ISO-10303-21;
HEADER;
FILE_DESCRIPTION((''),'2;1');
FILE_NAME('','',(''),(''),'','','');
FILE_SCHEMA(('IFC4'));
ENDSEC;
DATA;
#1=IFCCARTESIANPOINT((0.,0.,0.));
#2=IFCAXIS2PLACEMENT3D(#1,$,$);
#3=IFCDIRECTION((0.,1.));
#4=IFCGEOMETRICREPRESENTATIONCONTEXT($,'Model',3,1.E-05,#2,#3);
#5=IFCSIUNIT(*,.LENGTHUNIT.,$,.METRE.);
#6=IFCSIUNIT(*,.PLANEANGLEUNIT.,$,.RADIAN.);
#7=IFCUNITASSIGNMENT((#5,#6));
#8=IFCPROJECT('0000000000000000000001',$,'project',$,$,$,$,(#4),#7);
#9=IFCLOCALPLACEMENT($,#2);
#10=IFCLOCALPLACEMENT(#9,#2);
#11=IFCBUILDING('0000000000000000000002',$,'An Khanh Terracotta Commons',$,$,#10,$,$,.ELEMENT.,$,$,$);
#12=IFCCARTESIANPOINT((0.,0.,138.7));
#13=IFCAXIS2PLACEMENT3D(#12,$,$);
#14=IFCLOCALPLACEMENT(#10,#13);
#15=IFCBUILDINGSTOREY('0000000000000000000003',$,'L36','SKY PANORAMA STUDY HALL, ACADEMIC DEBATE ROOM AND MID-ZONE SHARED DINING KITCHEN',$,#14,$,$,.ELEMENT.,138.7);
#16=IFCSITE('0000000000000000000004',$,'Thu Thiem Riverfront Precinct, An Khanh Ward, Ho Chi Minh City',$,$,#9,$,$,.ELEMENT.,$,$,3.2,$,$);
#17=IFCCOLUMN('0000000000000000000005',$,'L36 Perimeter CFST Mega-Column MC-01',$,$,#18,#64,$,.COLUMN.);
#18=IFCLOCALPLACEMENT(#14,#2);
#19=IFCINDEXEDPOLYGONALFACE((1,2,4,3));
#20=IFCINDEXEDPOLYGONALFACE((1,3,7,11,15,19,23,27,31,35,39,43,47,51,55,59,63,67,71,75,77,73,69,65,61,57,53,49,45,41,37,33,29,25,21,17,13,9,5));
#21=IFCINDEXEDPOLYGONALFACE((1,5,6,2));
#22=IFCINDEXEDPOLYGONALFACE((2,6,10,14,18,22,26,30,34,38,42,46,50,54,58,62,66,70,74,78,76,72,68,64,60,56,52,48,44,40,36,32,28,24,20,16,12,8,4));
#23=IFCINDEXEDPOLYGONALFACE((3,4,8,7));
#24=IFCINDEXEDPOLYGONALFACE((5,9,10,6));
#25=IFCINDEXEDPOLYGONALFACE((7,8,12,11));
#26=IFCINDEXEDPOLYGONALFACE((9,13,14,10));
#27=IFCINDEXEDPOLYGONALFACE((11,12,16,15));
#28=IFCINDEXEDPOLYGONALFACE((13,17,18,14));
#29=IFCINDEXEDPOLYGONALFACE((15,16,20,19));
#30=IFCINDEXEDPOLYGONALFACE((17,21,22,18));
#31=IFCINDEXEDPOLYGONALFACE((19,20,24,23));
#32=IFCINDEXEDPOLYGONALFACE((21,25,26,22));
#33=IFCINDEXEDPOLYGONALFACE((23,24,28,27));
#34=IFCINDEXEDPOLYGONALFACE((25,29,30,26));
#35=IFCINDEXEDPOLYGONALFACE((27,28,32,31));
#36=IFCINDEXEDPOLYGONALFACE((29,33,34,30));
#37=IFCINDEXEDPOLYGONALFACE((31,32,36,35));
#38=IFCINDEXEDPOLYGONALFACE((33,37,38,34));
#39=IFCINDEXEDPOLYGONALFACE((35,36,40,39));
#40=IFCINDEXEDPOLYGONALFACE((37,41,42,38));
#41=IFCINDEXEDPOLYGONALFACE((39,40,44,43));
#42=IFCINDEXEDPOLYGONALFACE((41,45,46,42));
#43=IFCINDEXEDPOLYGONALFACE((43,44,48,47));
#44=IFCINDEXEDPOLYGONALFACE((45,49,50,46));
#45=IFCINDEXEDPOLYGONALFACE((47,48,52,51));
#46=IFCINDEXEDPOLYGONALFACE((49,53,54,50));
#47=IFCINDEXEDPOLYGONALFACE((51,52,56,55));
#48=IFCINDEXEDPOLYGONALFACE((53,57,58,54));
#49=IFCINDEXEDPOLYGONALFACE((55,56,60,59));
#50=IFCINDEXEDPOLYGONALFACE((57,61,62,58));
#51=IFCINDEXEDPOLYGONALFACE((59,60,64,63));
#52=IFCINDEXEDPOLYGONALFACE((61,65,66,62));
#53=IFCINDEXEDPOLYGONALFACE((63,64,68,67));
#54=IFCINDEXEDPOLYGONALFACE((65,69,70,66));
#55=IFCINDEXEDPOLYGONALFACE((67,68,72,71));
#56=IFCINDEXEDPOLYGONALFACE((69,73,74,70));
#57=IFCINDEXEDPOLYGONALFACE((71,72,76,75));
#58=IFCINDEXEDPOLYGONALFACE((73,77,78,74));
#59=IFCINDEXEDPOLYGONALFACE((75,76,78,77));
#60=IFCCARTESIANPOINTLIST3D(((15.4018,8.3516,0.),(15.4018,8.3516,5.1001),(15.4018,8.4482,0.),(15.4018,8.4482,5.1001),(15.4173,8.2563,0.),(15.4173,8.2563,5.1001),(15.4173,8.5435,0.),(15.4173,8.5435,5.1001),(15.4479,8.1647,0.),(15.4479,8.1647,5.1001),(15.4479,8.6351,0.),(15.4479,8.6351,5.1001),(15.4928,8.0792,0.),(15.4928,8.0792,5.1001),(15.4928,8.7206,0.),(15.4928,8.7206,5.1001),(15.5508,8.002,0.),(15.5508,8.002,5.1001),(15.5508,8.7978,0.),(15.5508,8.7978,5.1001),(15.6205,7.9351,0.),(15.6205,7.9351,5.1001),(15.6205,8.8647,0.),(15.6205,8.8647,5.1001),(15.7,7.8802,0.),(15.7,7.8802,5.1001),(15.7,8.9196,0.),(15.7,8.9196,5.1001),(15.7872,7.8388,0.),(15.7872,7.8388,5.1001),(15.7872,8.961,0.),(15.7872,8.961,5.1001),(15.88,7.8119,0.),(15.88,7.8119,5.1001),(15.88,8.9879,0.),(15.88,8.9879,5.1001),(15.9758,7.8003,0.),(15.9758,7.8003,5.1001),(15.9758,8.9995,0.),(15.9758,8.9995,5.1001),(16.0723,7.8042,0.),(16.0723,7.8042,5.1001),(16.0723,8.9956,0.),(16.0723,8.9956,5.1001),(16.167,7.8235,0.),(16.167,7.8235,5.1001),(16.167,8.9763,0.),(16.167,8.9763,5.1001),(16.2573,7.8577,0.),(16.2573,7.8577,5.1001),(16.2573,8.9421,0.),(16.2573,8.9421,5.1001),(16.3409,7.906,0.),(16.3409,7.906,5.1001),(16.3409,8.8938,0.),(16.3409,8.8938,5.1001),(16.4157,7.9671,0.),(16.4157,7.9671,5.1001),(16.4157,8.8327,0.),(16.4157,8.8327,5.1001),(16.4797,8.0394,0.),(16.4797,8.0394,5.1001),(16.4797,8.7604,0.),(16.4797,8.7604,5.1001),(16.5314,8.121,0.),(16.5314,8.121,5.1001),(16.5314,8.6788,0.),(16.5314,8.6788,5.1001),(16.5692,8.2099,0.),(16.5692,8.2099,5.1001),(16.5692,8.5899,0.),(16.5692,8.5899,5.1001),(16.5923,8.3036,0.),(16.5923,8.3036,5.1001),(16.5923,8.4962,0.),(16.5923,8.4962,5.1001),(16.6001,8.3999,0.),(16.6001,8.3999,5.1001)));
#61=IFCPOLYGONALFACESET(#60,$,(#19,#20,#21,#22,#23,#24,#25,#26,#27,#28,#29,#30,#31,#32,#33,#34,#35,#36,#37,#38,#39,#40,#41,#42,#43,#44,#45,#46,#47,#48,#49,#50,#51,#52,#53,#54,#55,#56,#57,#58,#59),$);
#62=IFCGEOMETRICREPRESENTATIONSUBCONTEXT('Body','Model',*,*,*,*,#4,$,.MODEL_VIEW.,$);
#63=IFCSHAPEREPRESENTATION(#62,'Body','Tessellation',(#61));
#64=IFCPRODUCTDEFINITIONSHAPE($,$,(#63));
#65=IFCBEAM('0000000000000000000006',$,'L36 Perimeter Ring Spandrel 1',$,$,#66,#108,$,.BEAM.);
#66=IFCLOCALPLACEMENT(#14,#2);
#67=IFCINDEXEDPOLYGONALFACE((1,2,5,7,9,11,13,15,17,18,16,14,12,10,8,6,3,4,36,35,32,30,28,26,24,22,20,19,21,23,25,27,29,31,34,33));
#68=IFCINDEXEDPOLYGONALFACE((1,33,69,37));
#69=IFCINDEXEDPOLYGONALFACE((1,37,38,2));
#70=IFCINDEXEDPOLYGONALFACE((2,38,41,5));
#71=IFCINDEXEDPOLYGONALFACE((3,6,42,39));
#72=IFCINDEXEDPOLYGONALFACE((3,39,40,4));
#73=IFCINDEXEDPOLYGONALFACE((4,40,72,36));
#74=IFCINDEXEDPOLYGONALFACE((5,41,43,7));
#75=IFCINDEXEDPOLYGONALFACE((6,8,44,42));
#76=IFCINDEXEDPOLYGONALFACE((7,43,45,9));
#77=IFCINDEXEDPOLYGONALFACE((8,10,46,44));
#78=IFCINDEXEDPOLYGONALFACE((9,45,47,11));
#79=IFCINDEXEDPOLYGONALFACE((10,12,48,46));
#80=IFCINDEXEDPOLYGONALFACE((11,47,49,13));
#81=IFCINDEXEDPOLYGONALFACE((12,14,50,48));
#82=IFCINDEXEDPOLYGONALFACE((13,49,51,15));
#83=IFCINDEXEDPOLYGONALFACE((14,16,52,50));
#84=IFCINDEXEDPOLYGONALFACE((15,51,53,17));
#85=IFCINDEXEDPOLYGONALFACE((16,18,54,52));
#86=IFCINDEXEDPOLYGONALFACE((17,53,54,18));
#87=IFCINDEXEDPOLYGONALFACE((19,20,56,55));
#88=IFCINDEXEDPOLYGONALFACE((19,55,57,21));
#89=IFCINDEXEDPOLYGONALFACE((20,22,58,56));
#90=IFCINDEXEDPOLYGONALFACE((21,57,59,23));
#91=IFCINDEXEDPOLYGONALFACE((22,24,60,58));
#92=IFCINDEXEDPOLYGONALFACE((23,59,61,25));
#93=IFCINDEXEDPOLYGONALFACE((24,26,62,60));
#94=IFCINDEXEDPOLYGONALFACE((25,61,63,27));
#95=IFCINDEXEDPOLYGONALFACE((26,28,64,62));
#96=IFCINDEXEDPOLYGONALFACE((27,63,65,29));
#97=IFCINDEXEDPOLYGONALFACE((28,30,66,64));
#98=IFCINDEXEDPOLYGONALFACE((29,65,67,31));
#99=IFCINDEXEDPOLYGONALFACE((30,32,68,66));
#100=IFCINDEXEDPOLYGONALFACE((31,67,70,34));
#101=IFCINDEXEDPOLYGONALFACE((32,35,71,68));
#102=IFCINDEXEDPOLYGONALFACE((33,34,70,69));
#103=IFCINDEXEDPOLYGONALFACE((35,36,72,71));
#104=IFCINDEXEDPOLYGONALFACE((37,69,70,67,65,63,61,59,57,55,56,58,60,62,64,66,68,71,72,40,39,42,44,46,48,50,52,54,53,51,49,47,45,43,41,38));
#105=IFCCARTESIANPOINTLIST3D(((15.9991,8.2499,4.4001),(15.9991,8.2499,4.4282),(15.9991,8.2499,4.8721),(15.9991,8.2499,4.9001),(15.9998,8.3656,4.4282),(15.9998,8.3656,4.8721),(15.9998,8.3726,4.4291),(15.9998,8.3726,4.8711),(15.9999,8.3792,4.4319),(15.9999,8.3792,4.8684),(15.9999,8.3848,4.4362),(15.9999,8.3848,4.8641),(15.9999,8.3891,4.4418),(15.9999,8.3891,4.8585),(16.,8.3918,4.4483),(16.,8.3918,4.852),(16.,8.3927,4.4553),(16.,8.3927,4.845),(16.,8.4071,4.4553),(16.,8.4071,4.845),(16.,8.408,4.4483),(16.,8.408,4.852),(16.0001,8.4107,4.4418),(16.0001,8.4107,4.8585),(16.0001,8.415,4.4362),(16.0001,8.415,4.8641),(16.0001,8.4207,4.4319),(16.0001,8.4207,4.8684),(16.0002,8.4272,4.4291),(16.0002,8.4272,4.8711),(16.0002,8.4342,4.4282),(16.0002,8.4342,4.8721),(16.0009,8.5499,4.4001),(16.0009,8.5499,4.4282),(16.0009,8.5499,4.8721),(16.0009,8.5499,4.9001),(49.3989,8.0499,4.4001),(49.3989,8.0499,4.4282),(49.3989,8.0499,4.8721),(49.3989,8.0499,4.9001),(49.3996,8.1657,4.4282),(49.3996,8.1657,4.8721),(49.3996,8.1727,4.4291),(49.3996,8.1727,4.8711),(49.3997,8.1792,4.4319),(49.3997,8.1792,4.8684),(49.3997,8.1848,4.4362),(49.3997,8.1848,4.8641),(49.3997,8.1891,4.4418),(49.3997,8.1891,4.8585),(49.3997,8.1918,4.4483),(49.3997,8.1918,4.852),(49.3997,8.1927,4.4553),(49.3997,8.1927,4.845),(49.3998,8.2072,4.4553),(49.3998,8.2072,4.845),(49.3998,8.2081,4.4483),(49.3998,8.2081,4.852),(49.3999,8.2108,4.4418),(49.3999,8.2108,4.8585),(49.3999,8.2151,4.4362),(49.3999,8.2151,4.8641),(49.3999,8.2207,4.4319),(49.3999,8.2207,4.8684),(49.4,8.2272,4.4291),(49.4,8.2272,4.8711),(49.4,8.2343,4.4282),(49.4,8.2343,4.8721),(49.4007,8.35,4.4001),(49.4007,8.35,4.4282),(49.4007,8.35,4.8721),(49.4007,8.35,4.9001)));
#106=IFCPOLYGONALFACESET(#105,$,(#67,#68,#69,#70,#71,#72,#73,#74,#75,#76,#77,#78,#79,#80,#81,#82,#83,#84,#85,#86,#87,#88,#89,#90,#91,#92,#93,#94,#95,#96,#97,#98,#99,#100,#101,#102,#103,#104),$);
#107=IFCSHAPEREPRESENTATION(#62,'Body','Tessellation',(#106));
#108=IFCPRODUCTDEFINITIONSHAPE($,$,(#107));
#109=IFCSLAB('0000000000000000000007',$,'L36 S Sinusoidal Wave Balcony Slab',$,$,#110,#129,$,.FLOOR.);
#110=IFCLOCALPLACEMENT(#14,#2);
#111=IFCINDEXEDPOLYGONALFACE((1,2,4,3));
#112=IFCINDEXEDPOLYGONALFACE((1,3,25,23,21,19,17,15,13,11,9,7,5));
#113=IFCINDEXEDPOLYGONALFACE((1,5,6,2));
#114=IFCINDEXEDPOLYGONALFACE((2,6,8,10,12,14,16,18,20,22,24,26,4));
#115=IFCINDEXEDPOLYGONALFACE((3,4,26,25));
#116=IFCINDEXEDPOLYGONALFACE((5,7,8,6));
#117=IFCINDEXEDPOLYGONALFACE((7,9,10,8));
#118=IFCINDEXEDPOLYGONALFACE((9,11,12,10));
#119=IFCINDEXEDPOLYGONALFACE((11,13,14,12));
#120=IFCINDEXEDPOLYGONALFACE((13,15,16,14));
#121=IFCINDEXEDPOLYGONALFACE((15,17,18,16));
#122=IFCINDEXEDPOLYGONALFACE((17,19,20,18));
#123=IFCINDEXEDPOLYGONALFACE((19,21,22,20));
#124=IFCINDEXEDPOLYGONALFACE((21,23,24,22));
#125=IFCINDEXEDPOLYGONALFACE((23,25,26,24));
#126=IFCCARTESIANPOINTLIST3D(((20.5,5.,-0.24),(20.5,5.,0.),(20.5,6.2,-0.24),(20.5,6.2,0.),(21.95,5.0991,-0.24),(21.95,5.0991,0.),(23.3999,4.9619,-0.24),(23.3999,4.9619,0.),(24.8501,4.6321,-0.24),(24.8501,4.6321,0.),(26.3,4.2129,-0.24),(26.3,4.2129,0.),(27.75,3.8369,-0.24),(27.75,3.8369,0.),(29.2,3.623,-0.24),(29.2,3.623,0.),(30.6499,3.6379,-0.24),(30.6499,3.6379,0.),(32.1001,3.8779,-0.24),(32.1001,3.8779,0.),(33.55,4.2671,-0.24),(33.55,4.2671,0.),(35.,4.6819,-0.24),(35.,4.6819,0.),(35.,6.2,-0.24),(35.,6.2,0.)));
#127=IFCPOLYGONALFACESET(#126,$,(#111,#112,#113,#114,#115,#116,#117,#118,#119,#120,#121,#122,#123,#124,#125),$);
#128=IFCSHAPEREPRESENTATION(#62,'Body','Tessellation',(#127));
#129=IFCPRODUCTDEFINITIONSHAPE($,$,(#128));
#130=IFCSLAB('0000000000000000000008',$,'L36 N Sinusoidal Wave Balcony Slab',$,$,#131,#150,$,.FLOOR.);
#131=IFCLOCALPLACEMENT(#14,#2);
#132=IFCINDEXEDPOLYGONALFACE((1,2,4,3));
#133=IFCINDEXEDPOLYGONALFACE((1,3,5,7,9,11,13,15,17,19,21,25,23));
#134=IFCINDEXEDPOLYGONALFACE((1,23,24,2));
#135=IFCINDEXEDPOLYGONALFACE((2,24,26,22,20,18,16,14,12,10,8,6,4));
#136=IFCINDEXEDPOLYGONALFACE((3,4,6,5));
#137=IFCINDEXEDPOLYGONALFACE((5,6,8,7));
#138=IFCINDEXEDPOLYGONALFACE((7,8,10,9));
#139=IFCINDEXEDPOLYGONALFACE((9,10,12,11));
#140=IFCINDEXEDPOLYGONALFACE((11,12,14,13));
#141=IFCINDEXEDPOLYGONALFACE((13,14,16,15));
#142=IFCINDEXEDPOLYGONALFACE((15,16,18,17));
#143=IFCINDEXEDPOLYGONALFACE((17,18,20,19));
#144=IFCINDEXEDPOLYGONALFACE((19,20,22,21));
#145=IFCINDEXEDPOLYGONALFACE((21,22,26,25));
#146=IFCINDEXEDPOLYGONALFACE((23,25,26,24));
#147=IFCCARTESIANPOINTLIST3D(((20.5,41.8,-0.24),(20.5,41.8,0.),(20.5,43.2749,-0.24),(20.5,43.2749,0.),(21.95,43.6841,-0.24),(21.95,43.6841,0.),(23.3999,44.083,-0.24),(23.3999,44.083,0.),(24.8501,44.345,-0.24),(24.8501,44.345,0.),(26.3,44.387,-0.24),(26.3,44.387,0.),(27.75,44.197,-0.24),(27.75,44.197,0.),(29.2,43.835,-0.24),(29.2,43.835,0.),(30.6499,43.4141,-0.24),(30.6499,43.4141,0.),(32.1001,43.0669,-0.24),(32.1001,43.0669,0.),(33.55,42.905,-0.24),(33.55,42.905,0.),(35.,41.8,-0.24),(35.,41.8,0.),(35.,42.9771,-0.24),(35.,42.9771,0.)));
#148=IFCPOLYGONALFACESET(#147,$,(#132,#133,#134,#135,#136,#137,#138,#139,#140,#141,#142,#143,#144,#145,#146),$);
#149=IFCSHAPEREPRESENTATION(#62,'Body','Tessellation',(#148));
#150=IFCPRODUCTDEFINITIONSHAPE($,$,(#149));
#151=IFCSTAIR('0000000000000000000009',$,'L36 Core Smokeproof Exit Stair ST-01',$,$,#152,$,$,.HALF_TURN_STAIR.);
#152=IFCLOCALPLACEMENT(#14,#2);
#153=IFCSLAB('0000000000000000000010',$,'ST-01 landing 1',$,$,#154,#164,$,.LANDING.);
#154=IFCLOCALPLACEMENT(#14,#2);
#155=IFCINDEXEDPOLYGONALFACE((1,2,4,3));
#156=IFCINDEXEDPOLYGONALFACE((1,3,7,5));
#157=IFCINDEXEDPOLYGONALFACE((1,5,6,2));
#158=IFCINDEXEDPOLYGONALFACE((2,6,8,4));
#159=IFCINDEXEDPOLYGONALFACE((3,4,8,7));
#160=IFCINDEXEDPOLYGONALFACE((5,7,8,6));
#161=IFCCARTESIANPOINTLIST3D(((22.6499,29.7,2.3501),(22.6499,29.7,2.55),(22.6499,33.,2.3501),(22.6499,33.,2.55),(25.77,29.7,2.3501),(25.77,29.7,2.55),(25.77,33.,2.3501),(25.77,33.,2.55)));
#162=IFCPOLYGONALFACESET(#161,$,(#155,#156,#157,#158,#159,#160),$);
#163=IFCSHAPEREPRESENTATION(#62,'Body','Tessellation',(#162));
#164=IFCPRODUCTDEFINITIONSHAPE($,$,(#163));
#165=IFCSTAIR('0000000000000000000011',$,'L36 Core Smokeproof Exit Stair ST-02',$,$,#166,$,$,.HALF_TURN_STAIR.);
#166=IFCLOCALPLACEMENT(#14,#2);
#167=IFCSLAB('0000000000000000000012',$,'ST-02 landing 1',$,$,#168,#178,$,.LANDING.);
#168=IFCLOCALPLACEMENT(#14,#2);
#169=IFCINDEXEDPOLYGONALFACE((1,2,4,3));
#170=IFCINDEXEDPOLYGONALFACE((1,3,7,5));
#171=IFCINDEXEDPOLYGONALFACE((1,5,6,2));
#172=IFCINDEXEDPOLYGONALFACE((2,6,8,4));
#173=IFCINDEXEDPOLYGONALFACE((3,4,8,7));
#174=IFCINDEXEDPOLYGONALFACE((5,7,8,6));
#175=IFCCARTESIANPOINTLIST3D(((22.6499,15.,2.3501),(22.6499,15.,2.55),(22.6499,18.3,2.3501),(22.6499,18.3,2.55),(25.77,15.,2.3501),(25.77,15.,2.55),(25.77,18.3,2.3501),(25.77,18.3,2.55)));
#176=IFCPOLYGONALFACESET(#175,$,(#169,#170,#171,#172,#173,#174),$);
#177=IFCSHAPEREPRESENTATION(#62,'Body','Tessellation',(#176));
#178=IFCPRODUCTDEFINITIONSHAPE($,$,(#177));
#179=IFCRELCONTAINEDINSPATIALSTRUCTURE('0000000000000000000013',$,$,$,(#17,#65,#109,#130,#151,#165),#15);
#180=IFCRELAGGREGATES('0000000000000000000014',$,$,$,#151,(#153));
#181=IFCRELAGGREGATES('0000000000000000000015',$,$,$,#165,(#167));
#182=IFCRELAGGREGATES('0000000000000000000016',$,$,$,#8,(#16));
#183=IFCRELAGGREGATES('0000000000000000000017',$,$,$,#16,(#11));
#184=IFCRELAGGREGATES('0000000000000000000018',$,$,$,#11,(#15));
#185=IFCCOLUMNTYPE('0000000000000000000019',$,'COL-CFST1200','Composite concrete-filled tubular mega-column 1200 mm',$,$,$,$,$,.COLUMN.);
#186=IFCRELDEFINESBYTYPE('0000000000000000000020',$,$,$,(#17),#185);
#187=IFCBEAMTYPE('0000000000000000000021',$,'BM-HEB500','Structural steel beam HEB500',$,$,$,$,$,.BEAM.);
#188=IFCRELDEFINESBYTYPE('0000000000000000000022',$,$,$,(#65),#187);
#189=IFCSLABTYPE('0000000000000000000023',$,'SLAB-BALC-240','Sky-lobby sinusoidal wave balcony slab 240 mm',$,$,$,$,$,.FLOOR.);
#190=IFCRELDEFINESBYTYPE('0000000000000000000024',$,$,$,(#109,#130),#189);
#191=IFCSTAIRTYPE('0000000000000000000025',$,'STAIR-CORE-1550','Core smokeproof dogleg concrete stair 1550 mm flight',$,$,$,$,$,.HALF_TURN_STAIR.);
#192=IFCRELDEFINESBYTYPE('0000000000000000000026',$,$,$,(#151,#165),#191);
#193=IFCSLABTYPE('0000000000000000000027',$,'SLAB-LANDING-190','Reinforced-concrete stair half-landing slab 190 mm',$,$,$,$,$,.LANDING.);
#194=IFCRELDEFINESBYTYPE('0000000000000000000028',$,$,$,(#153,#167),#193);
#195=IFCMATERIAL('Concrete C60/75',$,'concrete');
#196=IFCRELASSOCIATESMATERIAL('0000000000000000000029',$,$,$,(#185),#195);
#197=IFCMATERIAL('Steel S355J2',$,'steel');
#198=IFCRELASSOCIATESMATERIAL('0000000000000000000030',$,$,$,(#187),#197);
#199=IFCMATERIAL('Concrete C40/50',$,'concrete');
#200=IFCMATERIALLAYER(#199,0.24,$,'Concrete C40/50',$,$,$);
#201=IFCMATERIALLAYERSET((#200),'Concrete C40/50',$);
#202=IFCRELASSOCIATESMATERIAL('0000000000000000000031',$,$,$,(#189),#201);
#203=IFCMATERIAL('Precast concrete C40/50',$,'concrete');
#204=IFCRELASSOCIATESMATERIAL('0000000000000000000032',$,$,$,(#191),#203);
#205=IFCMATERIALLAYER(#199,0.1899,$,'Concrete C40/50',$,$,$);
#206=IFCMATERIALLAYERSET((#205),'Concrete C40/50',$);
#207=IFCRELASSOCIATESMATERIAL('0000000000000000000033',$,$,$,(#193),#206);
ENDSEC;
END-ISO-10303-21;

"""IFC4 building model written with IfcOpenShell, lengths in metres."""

from ifc_helpers import new_model, si_unit, direction, frame, origin, origin_2d, place, context, subcontext, project, spatial, polyline, circle, i_section, outline, extrude, material, layer, layer_set, material_profile, profile_set, type_object, element, aggregate, save


model = new_model("IFC4")

# Units and contexts
model_context = context("Model", 3, precision=1e-05, world=origin(), true_north=direction((0.0, 1.0)))
body_context = subcontext(model_context, "Body", "Model", "MODEL_VIEW")
ifc_project = project(units=[si_unit("LENGTHUNIT", "METRE"), si_unit("PLANEANGLEUNIT", "RADIAN")], contexts=[model_context])

# Site, building, storey
site_placement = place(None, origin())
site = spatial("IfcSite", under=ifc_project, at=site_placement, Name="Thu Thiem Riverfront Precinct, An Khanh Ward, Ho Chi Minh City", CompositionType="ELEMENT", RefElevation=3.2)
building_placement = place(site_placement, origin())
building = spatial("IfcBuilding", under=site, at=building_placement, Name="An Khanh Terracotta Commons", CompositionType="ELEMENT")
storey_placement = place(building_placement, frame((0.0, 0.0, 138.7)))
storey = spatial("IfcBuildingStorey", under=building, at=storey_placement, Name="L36", Description="SKY PANORAMA STUDY HALL, ACADEMIC DEBATE ROOM AND MID-ZONE SHARED DINING KITCHEN", CompositionType="ELEMENT", Elevation=138.7)

# Column
ifc_material_1 = material(Name="Concrete C60/75", Category="concrete")
ifc_material_profile_1 = material_profile(ifc_material_1, circle(Radius=0.6001, at=origin_2d()), Name="CFST1200")
ifc_profile_set_1 = profile_set([ifc_material_profile_1], Name="Concrete C60/75")
column_type = type_object("IfcColumnType", Name="COL-CFST1200", Description="Composite concrete-filled tubular mega-column 1200 mm", PredefinedType="COLUMN", material=ifc_profile_set_1)
column_placement = place(storey_placement, frame((16.0, 8.3999, 0.0), z_axis=(0.0, 0.0, 1.0), x_axis=(1.0, 0.0, 0.0)))
element("IfcColumn", 1, at=column_placement, inside=storey, type_object=column_type, Name="L36 Perimeter CFST Mega-Column MC-01", PredefinedType="COLUMN", context=body_context, shape_type="SweptSolid", body=[
    extrude(circle(Radius=0.6001, at=origin_2d()), origin(), (0.0, 0.0, 1.0), 5.1001),
])

# Beam
ifc_material_2 = material(Name="Steel S355J2", Category="steel")
ifc_material_profile_2 = material_profile(ifc_material_2, i_section(OverallWidth=0.3, OverallDepth=0.5, WebThickness=0.0144, FlangeThickness=0.0281, FilletRadius=0.0271, at=origin_2d()), Name="HEB500")
ifc_profile_set_2 = profile_set([ifc_material_profile_2], Name="Steel S355J2")
beam_type = type_object("IfcBeamType", Name="BM-HEB500", Description="Structural steel beam HEB500", PredefinedType="BEAM", material=ifc_profile_set_2)
beam_placement = place(storey_placement, frame((16.0, 8.3999, 4.6501), z_axis=(0.999982, -0.005986, 0.0), x_axis=(0.005986, 0.999982, 0.0)))
element("IfcBeam", 2, at=beam_placement, inside=storey, type_object=beam_type, Name="L36 Perimeter Ring Spandrel 1", PredefinedType="BEAM", context=body_context, shape_type="SweptSolid", body=[
    extrude(i_section(OverallWidth=0.3, OverallDepth=0.5, WebThickness=0.0144, FlangeThickness=0.0281, FilletRadius=0.0271, at=origin_2d()), origin(), (0.0, 0.0, 1.0), 33.4004),
])

# Slabs
ifc_material_3 = material(Name="Concrete C40/50", Category="concrete")
ifc_layer_1 = layer(ifc_material_3, 0.24, Name="Concrete C40/50")
ifc_layer_set_1 = layer_set([ifc_layer_1], Name="Concrete C40/50")
slab_type_1 = type_object("IfcSlabType", Name="SLAB-BALC-240", Description="Sky-lobby sinusoidal wave balcony slab 240 mm", PredefinedType="FLOOR", material=ifc_layer_set_1)
slab_1_placement = place(storey_placement, frame((0.0, 0.0, -0.24)))
element("IfcSlab", 3, at=slab_1_placement, inside=storey, type_object=slab_type_1, Name="L36 S Sinusoidal Wave Balcony Slab", PredefinedType="FLOOR", context=body_context, shape_type="SweptSolid", body=[
    extrude(outline(polyline([(20.5, 6.2), (20.5, 5.0), (21.95, 5.0991), (23.3999, 4.9619), (24.8501, 4.6321), (26.3, 4.2129), (27.75, 3.8369), (29.2, 3.623), (30.6499, 3.6379), (32.1001, 3.8779), (33.55, 4.2671), (35.0, 4.6819), (35.0, 6.2), (20.5, 6.2)])), origin(), (0.0, 0.0, 1.0), 0.24),
])
slab_2_placement = place(storey_placement, frame((0.0, 0.0, -0.24)))
element("IfcSlab", 4, at=slab_2_placement, inside=storey, type_object=slab_type_1, Name="L36 N Sinusoidal Wave Balcony Slab", PredefinedType="FLOOR", context=body_context, shape_type="SweptSolid", body=[
    extrude(outline(polyline([(35.0, 41.8), (35.0, 42.9771), (33.55, 42.905), (32.1001, 43.0669), (30.6499, 43.4141), (29.2, 43.835), (27.75, 44.197), (26.3, 44.387), (24.8501, 44.345), (23.3999, 44.083), (21.95, 43.6841), (20.5, 43.2749), (20.5, 41.8), (35.0, 41.8)])), origin(), (0.0, 0.0, 1.0), 0.24),
])

# Stairs, slabs
ifc_material_4 = material(Name="Precast concrete C40/50", Category="concrete")
stair_type = type_object("IfcStairType", Name="STAIR-CORE-1550", Description="Core smokeproof dogleg concrete stair 1550 mm flight", PredefinedType="HALF_TURN_STAIR", material=ifc_material_4)
stair_1_placement = place(storey_placement, origin())
stair_1 = element("IfcStair", 5, at=stair_1_placement, inside=storey, type_object=stair_type, Name="L36 Core Smokeproof Exit Stair ST-01", PredefinedType="HALF_TURN_STAIR")
ifc_layer_2 = layer(ifc_material_3, 0.1899, Name="Concrete C40/50")
ifc_layer_set_2 = layer_set([ifc_layer_2], Name="Concrete C40/50")
slab_type_2 = type_object("IfcSlabType", Name="SLAB-LANDING-190", Description="Reinforced-concrete stair half-landing slab 190 mm", PredefinedType="LANDING", material=ifc_layer_set_2)
slab_3_placement = place(storey_placement, frame((0.0, 0.0, 2.3501)))
slab_3 = element("IfcSlab", 6, at=slab_3_placement, type_object=slab_type_2, Name="ST-01 landing 1", PredefinedType="LANDING", context=body_context, shape_type="SweptSolid", body=[
    extrude(outline(polyline([(25.77, 33.0), (22.6499, 33.0), (22.6499, 29.7), (25.77, 29.7), (25.77, 33.0)])), origin(), (0.0, 0.0, 1.0), 0.2),
])
aggregate(stair_1, [slab_3])
stair_2_placement = place(storey_placement, origin())
stair_2 = element("IfcStair", 7, at=stair_2_placement, inside=storey, type_object=stair_type, Name="L36 Core Smokeproof Exit Stair ST-02", PredefinedType="HALF_TURN_STAIR")
slab_4_placement = place(storey_placement, frame((0.0, 0.0, 2.3501)))
slab_4 = element("IfcSlab", 8, at=slab_4_placement, type_object=slab_type_2, Name="ST-02 landing 1", PredefinedType="LANDING", context=body_context, shape_type="SweptSolid", body=[
    extrude(outline(polyline([(25.77, 18.3), (22.6499, 18.3), (22.6499, 15.0), (25.77, 15.0), (25.77, 18.3)])), origin(), (0.0, 0.0, 1.0), 0.2),
])
aggregate(stair_2, [slab_4])

save(model, "model.ifc")
